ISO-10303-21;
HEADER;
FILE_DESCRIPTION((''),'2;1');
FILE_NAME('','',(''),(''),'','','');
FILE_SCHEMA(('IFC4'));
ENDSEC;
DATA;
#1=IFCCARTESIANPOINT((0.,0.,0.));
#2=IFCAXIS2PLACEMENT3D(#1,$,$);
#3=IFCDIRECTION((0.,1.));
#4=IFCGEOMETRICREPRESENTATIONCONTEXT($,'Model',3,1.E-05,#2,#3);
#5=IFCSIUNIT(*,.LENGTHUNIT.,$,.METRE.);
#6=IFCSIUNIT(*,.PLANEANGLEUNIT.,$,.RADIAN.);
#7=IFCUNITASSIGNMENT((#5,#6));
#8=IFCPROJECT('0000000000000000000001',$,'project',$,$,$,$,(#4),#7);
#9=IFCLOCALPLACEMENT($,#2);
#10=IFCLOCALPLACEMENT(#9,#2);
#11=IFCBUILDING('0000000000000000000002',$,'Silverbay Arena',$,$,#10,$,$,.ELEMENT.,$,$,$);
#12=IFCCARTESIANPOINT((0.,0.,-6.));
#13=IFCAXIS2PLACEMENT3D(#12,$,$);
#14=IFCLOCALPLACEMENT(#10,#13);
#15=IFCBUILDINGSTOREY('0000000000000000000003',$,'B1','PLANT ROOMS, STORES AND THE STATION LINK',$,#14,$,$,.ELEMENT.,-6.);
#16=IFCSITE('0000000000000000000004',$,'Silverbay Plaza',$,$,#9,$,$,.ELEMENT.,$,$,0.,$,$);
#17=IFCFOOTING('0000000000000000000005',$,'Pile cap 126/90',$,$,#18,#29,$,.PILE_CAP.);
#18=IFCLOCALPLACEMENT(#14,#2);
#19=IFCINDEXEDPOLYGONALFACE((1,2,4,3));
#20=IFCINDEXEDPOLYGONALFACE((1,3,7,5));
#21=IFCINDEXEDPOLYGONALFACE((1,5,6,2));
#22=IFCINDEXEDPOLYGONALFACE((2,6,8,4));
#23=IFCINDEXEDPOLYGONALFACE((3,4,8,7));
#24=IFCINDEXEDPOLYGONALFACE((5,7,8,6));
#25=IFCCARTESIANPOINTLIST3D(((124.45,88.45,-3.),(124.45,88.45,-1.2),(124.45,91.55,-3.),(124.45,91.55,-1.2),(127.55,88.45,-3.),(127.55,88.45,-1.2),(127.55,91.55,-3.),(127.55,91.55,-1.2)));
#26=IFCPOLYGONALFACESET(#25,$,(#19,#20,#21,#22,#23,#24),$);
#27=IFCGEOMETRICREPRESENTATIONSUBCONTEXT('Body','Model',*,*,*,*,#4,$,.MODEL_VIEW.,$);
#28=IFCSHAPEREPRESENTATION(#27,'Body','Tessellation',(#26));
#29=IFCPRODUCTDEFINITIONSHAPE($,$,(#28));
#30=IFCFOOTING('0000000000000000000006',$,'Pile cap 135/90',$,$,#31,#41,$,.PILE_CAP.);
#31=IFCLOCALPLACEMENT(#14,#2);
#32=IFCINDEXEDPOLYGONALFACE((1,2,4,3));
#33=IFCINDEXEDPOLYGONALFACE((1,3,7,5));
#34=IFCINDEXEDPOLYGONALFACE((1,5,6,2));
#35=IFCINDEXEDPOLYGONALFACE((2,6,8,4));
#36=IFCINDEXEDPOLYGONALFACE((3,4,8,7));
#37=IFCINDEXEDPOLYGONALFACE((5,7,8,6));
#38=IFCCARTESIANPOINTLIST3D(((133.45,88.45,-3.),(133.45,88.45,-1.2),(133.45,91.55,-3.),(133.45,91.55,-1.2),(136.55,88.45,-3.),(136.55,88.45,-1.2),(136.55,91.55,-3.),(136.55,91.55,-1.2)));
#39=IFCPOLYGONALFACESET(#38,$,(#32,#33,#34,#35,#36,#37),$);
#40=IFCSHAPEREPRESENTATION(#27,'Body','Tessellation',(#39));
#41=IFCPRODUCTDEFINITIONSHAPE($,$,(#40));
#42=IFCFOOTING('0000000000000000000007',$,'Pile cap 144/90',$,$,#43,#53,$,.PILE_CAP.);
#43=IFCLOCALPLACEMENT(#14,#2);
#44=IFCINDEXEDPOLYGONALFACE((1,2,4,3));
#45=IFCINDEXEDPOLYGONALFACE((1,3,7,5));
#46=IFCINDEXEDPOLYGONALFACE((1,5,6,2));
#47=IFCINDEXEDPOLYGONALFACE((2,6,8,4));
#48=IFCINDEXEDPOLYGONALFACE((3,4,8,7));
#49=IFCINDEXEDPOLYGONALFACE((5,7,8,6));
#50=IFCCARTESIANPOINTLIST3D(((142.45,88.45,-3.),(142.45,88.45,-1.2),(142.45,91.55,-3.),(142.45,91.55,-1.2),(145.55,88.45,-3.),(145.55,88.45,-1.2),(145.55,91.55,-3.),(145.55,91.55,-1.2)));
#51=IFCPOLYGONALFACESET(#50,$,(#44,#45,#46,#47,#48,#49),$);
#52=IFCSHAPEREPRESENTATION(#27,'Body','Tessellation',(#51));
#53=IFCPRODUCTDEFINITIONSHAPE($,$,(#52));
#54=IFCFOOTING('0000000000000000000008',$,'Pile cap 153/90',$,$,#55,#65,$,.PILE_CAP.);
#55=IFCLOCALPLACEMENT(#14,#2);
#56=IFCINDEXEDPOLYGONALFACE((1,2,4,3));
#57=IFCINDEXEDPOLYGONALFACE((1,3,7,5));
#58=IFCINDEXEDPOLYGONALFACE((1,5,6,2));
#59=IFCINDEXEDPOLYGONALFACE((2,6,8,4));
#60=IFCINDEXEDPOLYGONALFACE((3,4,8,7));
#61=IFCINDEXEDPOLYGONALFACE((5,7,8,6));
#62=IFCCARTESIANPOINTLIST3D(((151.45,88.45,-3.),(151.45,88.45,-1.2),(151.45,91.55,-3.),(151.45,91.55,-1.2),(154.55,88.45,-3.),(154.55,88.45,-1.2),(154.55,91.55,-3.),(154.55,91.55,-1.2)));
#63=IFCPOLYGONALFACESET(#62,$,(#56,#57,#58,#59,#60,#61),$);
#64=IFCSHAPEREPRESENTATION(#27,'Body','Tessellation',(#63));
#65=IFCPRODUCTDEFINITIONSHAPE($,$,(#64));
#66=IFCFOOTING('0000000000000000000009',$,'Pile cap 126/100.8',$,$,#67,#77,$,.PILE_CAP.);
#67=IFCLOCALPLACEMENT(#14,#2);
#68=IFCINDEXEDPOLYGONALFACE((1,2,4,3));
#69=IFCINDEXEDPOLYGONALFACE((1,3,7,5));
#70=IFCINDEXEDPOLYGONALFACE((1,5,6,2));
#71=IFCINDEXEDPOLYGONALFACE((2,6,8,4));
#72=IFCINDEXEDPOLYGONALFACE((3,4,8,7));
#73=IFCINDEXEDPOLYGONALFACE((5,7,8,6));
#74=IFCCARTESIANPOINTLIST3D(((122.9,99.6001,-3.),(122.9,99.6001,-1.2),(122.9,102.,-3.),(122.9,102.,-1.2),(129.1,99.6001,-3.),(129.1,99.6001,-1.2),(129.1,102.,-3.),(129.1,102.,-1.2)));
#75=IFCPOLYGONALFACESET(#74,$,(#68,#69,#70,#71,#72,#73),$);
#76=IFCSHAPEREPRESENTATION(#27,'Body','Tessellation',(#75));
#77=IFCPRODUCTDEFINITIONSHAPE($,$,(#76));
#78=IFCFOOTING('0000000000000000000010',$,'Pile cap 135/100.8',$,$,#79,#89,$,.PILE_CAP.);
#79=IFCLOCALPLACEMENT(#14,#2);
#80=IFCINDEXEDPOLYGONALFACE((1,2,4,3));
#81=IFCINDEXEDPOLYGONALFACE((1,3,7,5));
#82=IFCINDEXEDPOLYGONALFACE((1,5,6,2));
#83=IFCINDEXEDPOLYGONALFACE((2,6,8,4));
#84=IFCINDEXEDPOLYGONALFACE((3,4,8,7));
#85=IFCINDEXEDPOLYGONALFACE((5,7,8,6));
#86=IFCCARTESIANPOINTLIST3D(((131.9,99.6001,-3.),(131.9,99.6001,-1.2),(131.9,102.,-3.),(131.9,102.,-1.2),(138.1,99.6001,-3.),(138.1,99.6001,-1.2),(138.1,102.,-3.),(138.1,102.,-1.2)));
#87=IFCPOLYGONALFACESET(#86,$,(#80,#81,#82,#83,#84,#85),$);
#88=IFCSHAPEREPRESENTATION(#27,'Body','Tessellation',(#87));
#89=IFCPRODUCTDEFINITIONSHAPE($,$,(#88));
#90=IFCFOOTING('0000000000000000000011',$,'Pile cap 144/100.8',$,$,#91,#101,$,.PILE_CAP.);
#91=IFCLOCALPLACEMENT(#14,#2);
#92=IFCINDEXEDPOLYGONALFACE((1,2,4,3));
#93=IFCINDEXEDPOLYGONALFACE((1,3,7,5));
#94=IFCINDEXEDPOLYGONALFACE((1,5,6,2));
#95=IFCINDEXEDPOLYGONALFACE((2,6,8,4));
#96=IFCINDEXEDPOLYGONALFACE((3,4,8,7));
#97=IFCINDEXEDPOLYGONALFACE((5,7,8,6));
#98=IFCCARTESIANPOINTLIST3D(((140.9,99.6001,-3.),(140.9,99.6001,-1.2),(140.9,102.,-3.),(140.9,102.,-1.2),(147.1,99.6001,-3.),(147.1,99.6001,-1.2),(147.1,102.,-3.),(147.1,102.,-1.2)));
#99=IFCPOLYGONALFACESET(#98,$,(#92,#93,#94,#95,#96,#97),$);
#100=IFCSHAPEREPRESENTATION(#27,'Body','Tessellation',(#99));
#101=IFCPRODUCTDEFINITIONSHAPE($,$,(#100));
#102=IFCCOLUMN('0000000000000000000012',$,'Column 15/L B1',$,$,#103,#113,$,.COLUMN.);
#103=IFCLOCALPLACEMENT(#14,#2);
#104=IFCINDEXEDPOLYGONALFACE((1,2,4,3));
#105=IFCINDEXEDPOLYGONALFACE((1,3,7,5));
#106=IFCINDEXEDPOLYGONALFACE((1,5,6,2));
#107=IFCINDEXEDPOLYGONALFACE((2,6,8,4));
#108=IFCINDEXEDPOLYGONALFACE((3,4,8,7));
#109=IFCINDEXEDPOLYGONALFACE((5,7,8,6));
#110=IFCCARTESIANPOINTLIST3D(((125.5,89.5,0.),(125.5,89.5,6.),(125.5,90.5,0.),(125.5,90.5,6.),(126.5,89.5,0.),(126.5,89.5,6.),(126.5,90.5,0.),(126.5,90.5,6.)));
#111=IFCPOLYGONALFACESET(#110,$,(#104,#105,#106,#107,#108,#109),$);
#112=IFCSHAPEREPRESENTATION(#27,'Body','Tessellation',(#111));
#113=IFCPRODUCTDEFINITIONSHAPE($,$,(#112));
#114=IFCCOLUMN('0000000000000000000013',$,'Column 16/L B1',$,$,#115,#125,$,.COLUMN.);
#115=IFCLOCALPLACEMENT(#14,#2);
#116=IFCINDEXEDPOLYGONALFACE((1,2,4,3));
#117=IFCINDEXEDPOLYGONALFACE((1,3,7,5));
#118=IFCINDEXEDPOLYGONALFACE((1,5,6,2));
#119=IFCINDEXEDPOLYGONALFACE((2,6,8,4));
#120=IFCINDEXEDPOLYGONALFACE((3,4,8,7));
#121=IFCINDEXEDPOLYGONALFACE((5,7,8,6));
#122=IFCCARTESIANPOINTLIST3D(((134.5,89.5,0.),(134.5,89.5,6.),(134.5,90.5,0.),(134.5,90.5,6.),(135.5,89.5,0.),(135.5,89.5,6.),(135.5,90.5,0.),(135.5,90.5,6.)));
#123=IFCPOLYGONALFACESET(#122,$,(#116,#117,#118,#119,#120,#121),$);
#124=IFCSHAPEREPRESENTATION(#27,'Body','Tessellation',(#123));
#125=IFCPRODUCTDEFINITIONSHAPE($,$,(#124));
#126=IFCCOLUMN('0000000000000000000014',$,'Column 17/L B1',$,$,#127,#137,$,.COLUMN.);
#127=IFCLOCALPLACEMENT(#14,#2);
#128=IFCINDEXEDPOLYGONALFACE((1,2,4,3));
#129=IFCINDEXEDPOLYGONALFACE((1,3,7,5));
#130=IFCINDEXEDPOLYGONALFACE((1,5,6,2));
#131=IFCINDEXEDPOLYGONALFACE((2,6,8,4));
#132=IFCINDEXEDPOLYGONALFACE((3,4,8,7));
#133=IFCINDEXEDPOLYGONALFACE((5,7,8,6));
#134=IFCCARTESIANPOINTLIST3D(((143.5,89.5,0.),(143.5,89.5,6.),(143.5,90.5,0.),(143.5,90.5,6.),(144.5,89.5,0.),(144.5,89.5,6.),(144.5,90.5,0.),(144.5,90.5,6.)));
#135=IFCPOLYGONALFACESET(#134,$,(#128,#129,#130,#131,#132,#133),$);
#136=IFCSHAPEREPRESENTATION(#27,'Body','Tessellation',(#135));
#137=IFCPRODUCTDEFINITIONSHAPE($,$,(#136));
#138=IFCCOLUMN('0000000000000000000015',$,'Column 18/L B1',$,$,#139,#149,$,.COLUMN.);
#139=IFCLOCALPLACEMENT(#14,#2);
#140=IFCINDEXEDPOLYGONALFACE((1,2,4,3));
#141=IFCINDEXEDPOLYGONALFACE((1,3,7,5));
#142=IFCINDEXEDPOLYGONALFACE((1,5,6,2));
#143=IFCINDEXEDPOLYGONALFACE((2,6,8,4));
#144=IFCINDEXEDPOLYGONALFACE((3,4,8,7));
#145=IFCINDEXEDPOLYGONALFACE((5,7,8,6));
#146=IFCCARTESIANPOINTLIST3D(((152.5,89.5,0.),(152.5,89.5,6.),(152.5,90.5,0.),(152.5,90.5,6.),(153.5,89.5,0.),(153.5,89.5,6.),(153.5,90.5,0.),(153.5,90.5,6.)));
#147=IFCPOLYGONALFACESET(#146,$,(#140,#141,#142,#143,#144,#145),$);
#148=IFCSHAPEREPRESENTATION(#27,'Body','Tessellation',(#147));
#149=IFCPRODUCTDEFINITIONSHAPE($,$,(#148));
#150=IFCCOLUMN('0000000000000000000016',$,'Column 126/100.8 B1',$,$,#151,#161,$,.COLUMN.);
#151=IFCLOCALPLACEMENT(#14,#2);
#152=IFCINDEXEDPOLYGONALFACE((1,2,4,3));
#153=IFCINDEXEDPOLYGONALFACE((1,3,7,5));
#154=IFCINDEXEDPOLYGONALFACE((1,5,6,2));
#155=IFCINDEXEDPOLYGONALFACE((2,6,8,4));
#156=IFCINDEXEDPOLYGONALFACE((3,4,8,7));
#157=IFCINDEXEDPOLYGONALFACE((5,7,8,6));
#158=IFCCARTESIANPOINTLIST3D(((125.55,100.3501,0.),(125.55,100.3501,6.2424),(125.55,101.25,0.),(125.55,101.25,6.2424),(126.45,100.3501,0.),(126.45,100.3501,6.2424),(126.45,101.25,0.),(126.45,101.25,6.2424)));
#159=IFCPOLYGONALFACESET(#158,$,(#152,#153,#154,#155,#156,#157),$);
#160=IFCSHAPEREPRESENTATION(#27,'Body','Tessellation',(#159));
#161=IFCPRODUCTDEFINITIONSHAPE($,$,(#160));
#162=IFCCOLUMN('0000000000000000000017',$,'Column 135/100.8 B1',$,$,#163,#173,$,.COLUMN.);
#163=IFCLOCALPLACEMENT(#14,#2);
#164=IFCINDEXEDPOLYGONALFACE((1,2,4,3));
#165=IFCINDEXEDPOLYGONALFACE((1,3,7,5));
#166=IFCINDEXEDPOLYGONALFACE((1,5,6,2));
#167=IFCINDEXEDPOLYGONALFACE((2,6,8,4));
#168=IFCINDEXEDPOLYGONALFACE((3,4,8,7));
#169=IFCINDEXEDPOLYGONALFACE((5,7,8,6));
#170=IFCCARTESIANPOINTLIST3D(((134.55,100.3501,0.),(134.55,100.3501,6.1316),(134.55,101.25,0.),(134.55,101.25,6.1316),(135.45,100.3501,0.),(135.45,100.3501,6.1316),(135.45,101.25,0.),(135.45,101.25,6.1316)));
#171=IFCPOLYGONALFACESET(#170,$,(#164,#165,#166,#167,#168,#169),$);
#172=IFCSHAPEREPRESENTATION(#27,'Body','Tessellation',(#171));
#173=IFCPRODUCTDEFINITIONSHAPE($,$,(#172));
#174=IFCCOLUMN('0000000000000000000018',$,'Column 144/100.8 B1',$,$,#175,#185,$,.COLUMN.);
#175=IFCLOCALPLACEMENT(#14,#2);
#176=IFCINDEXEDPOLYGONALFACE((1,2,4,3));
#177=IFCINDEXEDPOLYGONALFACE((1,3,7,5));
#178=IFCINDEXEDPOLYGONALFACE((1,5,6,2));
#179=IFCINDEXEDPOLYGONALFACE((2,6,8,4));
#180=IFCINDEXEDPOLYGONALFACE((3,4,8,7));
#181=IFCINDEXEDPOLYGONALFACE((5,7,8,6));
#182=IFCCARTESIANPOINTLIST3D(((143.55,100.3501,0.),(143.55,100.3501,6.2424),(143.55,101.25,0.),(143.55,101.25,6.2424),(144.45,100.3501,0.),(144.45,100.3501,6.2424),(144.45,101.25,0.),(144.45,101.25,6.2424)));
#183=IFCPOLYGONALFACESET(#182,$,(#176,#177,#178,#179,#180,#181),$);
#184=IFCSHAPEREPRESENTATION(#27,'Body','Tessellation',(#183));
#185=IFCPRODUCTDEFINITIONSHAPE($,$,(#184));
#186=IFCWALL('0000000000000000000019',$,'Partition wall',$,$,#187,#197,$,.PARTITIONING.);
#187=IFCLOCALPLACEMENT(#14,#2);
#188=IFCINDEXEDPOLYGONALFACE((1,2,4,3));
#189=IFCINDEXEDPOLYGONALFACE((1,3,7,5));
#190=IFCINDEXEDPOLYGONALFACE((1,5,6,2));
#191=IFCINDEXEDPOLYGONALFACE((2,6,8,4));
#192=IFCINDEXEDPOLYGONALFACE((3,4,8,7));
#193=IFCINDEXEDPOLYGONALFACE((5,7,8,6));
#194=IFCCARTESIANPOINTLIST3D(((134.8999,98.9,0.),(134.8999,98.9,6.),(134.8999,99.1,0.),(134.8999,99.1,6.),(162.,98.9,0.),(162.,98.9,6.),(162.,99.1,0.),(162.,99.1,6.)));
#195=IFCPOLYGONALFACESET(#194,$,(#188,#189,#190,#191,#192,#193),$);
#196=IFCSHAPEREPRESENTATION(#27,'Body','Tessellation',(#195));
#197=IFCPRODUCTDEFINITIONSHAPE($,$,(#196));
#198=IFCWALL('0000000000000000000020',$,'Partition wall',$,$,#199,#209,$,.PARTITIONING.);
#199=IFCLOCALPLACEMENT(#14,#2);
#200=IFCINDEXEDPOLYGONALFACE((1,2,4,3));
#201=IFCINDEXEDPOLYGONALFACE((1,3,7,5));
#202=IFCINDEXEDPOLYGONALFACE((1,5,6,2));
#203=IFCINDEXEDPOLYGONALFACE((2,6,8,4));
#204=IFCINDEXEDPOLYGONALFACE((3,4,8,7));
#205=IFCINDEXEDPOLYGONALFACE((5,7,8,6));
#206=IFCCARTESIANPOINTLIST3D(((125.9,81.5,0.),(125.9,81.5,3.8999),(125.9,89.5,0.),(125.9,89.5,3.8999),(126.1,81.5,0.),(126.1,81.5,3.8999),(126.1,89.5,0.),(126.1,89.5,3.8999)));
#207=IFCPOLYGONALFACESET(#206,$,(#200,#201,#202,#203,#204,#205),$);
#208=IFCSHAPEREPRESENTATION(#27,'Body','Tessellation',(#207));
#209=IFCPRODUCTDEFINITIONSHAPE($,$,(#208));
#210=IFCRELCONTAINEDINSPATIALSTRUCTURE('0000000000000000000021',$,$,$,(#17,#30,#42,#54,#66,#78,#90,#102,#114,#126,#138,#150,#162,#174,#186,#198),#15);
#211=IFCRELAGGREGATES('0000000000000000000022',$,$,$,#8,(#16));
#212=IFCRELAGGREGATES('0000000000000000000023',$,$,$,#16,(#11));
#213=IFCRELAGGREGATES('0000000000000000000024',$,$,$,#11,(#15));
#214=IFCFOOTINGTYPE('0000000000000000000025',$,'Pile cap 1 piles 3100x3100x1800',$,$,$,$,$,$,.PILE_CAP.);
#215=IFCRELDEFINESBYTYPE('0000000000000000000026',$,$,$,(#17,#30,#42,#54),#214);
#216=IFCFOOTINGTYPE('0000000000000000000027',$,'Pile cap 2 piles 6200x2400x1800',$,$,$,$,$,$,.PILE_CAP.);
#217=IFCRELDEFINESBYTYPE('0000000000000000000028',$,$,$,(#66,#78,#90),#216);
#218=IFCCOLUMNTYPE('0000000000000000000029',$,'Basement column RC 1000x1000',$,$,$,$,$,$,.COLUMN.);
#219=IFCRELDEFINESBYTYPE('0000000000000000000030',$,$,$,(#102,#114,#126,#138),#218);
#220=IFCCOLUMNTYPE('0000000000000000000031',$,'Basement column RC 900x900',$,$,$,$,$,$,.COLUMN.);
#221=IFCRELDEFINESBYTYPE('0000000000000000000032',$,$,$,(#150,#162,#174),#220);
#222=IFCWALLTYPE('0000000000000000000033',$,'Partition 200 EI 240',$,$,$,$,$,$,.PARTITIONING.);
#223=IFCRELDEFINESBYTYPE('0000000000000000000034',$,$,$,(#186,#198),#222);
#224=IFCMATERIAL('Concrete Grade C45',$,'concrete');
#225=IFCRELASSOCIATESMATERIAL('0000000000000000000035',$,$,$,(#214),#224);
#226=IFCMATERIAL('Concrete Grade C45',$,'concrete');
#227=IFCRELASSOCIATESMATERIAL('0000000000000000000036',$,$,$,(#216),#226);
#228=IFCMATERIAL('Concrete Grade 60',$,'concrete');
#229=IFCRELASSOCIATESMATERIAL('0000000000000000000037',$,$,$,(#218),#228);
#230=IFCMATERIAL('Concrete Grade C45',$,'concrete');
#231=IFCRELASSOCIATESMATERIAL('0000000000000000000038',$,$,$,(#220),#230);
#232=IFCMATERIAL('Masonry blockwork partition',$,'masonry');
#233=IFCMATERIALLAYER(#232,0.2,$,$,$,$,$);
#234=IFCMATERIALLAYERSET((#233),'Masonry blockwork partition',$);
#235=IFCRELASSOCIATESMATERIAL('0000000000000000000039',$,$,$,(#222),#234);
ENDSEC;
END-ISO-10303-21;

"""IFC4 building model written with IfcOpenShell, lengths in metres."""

from ifc_helpers import new_model, si_unit, direction, frame, frame_2d, origin, origin_2d, place, context, subcontext, project, spatial, rectangle, extrude, material, layer, layer_set, material_profile, profile_set, type_object, element, save


model = new_model("IFC4")

# Units and contexts
model_context = context("Model", 3, precision=1e-05, world=origin(), true_north=direction((0.0, 1.0)))
body_context = subcontext(model_context, "Body", "Model", "MODEL_VIEW")
ifc_project = project(units=[si_unit("LENGTHUNIT", "METRE"), si_unit("PLANEANGLEUNIT", "RADIAN")], contexts=[model_context])

# Site, building, storey
site_placement = place(None, origin())
site = spatial("IfcSite", under=ifc_project, at=site_placement, Name="Silverbay Plaza", CompositionType="ELEMENT", RefElevation=0.0)
building_placement = place(site_placement, origin())
building = spatial("IfcBuilding", under=site, at=building_placement, Name="Silverbay Arena", CompositionType="ELEMENT")
storey_placement = place(building_placement, frame((0.0, 0.0, -6.0)))
storey = spatial("IfcBuildingStorey", under=building, at=storey_placement, Name="B1", Description="PLANT ROOMS, STORES AND THE STATION LINK", CompositionType="ELEMENT", Elevation=-6.0)

# Footings
ifc_material_1 = material(Name="Concrete Grade C45", Category="concrete")
footing_type_1 = type_object("IfcFootingType", Name="Pile cap 1 piles 3100x3100x1800", PredefinedType="PILE_CAP", material=ifc_material_1)
for number, where, z_axis, x_axis, name in (
    (1, (126.0, 90.0, -3.0), (0.0, 0.0, 1.0), (1.0, 0.0, 0.0), "Pile cap 126/90"),
    (2, (135.0, 90.0, -3.0), (0.0, 0.0, 1.0), (1.0, 0.0, 0.0), "Pile cap 135/90"),
    (3, (144.0, 90.0, -3.0), (0.0, 0.0, 1.0), (1.0, 0.0, 0.0), "Pile cap 144/90"),
    (4, (153.0, 90.0, -3.0), (0.0, 0.0, 1.0), (1.0, 0.0, 0.0), "Pile cap 153/90"),
):
    element("IfcFooting", number, at=place(storey_placement, frame(where, z_axis=z_axis, x_axis=x_axis)), inside=storey, type_object=footing_type_1, Name=name, PredefinedType="PILE_CAP", context=body_context, shape_type="SweptSolid", body=[
        extrude(rectangle(XDim=3.1001, YDim=3.1001, at=origin_2d()), origin(), (0.0, 0.0, 1.0), 1.8),
    ])
ifc_material_2 = material(Name="Concrete Grade C45", Category="concrete")
footing_type_2 = type_object("IfcFootingType", Name="Pile cap 2 piles 6200x2400x1800", PredefinedType="PILE_CAP", material=ifc_material_2)
for number, where, z_axis, x_axis, name in (
    (5, (126.0, 100.8, -3.0), (0.0, 0.0, 1.0), (1.0, 0.0, 0.0), "Pile cap 126/100.8"),
    (6, (135.0, 100.8, -3.0), (0.0, 0.0, 1.0), (1.0, 0.0, 0.0), "Pile cap 135/100.8"),
    (7, (144.0, 100.8, -3.0), (0.0, 0.0, 1.0), (1.0, 0.0, 0.0), "Pile cap 144/100.8"),
):
    element("IfcFooting", number, at=place(storey_placement, frame(where, z_axis=z_axis, x_axis=x_axis)), inside=storey, type_object=footing_type_2, Name=name, PredefinedType="PILE_CAP", context=body_context, shape_type="SweptSolid", body=[
        extrude(rectangle(XDim=6.2, YDim=2.3999, at=origin_2d()), origin(), (0.0, 0.0, 1.0), 1.8),
    ])

# Columns
ifc_material_3 = material(Name="Concrete Grade 60", Category="concrete")
ifc_material_profile_1 = material_profile(ifc_material_3, rectangle(XDim=1.0, YDim=1.0, at=origin_2d()), Name="RC 1000x1000")
ifc_profile_set_1 = profile_set([ifc_material_profile_1], Name="Concrete Grade 60")
column_type_1 = type_object("IfcColumnType", Name="Basement column RC 1000x1000", PredefinedType="COLUMN", material=ifc_profile_set_1)
for number, where, z_axis, x_axis, name in (
    (8, (126.0, 90.0, 0.0), (0.0, 0.0, 1.0), (1.0, 0.0, 0.0), "Column 15/L B1"),
    (9, (135.0, 90.0, 0.0), (0.0, 0.0, 1.0), (1.0, 0.0, 0.0), "Column 16/L B1"),
    (10, (144.0, 90.0, 0.0), (0.0, 0.0, 1.0), (1.0, 0.0, 0.0), "Column 17/L B1"),
    (11, (153.0, 90.0, 0.0), (0.0, 0.0, 1.0), (1.0, 0.0, 0.0), "Column 18/L B1"),
):
    element("IfcColumn", number, at=place(storey_placement, frame(where, z_axis=z_axis, x_axis=x_axis)), inside=storey, type_object=column_type_1, Name=name, PredefinedType="COLUMN", context=body_context, shape_type="SweptSolid", body=[
        extrude(rectangle(XDim=1.0, YDim=1.0, at=origin_2d()), origin(), (0.0, 0.0, 1.0), 6.0),
    ])
ifc_material_4 = material(Name="Concrete Grade C45", Category="concrete")
ifc_material_profile_2 = material_profile(ifc_material_4, rectangle(XDim=0.8999, YDim=0.8999, at=origin_2d()), Name="RC 900x900")
ifc_profile_set_2 = profile_set([ifc_material_profile_2], Name="Concrete Grade C45")
column_type_2 = type_object("IfcColumnType", Name="Basement column RC 900x900", PredefinedType="COLUMN", material=ifc_profile_set_2)
column_1_placement = place(storey_placement, frame((126.0, 100.8, 0.0), z_axis=(0.0, 0.0, 1.0), x_axis=(1.0, 0.0, 0.0)))
element("IfcColumn", 12, at=column_1_placement, inside=storey, type_object=column_type_2, Name="Column 126/100.8 B1", PredefinedType="COLUMN", context=body_context, shape_type="SweptSolid", body=[
    extrude(rectangle(XDim=0.8999, YDim=0.8999, at=origin_2d()), origin(), (0.0, 0.0, 1.0), 6.2424),
])
column_2_placement = place(storey_placement, frame((135.0, 100.8, 0.0), z_axis=(0.0, 0.0, 1.0), x_axis=(1.0, 0.0, 0.0)))
element("IfcColumn", 13, at=column_2_placement, inside=storey, type_object=column_type_2, Name="Column 135/100.8 B1", PredefinedType="COLUMN", context=body_context, shape_type="SweptSolid", body=[
    extrude(rectangle(XDim=0.8999, YDim=0.8999, at=origin_2d()), origin(), (0.0, 0.0, 1.0), 6.1316),
])
column_3_placement = place(storey_placement, frame((144.0, 100.8, 0.0), z_axis=(0.0, 0.0, 1.0), x_axis=(1.0, 0.0, 0.0)))
element("IfcColumn", 14, at=column_3_placement, inside=storey, type_object=column_type_2, Name="Column 144/100.8 B1", PredefinedType="COLUMN", context=body_context, shape_type="SweptSolid", body=[
    extrude(rectangle(XDim=0.8999, YDim=0.8999, at=origin_2d()), origin(), (0.0, 0.0, 1.0), 6.2424),
])

# Walls
ifc_material_5 = material(Name="Masonry blockwork partition", Category="masonry")
ifc_layer = layer(ifc_material_5, 0.2)
ifc_layer_set = layer_set([ifc_layer], Name="Masonry blockwork partition")
wall_type = type_object("IfcWallType", Name="Partition 200 EI 240", PredefinedType="PARTITIONING", material=ifc_layer_set)
wall_1_placement = place(storey_placement, frame((134.8999, 99.0, 0.0), z_axis=(0.0, 0.0, 1.0), x_axis=(1.0, 0.0, 0.0)))
element("IfcWall", 15, at=wall_1_placement, inside=storey, type_object=wall_type, Name="Partition wall", PredefinedType="PARTITIONING", context=body_context, shape_type="SweptSolid", body=[
    extrude(rectangle(XDim=27.1001, YDim=0.2, at=frame_2d((13.55, 0.0))), origin(), (0.0, 0.0, 1.0), 6.0),
])
wall_2_placement = place(storey_placement, frame((126.0, 81.5, 0.0), z_axis=(0.0, 0.0, 1.0), x_axis=(0.0, 1.0, 0.0)))
element("IfcWall", 16, at=wall_2_placement, inside=storey, type_object=wall_type, Name="Partition wall", PredefinedType="PARTITIONING", context=body_context, shape_type="SweptSolid", body=[
    extrude(rectangle(XDim=8.0, YDim=0.2, at=frame_2d((4.0, 0.0))), origin(), (0.0, 0.0, 1.0), 3.8999),
])

save(model, "model.ifc")
